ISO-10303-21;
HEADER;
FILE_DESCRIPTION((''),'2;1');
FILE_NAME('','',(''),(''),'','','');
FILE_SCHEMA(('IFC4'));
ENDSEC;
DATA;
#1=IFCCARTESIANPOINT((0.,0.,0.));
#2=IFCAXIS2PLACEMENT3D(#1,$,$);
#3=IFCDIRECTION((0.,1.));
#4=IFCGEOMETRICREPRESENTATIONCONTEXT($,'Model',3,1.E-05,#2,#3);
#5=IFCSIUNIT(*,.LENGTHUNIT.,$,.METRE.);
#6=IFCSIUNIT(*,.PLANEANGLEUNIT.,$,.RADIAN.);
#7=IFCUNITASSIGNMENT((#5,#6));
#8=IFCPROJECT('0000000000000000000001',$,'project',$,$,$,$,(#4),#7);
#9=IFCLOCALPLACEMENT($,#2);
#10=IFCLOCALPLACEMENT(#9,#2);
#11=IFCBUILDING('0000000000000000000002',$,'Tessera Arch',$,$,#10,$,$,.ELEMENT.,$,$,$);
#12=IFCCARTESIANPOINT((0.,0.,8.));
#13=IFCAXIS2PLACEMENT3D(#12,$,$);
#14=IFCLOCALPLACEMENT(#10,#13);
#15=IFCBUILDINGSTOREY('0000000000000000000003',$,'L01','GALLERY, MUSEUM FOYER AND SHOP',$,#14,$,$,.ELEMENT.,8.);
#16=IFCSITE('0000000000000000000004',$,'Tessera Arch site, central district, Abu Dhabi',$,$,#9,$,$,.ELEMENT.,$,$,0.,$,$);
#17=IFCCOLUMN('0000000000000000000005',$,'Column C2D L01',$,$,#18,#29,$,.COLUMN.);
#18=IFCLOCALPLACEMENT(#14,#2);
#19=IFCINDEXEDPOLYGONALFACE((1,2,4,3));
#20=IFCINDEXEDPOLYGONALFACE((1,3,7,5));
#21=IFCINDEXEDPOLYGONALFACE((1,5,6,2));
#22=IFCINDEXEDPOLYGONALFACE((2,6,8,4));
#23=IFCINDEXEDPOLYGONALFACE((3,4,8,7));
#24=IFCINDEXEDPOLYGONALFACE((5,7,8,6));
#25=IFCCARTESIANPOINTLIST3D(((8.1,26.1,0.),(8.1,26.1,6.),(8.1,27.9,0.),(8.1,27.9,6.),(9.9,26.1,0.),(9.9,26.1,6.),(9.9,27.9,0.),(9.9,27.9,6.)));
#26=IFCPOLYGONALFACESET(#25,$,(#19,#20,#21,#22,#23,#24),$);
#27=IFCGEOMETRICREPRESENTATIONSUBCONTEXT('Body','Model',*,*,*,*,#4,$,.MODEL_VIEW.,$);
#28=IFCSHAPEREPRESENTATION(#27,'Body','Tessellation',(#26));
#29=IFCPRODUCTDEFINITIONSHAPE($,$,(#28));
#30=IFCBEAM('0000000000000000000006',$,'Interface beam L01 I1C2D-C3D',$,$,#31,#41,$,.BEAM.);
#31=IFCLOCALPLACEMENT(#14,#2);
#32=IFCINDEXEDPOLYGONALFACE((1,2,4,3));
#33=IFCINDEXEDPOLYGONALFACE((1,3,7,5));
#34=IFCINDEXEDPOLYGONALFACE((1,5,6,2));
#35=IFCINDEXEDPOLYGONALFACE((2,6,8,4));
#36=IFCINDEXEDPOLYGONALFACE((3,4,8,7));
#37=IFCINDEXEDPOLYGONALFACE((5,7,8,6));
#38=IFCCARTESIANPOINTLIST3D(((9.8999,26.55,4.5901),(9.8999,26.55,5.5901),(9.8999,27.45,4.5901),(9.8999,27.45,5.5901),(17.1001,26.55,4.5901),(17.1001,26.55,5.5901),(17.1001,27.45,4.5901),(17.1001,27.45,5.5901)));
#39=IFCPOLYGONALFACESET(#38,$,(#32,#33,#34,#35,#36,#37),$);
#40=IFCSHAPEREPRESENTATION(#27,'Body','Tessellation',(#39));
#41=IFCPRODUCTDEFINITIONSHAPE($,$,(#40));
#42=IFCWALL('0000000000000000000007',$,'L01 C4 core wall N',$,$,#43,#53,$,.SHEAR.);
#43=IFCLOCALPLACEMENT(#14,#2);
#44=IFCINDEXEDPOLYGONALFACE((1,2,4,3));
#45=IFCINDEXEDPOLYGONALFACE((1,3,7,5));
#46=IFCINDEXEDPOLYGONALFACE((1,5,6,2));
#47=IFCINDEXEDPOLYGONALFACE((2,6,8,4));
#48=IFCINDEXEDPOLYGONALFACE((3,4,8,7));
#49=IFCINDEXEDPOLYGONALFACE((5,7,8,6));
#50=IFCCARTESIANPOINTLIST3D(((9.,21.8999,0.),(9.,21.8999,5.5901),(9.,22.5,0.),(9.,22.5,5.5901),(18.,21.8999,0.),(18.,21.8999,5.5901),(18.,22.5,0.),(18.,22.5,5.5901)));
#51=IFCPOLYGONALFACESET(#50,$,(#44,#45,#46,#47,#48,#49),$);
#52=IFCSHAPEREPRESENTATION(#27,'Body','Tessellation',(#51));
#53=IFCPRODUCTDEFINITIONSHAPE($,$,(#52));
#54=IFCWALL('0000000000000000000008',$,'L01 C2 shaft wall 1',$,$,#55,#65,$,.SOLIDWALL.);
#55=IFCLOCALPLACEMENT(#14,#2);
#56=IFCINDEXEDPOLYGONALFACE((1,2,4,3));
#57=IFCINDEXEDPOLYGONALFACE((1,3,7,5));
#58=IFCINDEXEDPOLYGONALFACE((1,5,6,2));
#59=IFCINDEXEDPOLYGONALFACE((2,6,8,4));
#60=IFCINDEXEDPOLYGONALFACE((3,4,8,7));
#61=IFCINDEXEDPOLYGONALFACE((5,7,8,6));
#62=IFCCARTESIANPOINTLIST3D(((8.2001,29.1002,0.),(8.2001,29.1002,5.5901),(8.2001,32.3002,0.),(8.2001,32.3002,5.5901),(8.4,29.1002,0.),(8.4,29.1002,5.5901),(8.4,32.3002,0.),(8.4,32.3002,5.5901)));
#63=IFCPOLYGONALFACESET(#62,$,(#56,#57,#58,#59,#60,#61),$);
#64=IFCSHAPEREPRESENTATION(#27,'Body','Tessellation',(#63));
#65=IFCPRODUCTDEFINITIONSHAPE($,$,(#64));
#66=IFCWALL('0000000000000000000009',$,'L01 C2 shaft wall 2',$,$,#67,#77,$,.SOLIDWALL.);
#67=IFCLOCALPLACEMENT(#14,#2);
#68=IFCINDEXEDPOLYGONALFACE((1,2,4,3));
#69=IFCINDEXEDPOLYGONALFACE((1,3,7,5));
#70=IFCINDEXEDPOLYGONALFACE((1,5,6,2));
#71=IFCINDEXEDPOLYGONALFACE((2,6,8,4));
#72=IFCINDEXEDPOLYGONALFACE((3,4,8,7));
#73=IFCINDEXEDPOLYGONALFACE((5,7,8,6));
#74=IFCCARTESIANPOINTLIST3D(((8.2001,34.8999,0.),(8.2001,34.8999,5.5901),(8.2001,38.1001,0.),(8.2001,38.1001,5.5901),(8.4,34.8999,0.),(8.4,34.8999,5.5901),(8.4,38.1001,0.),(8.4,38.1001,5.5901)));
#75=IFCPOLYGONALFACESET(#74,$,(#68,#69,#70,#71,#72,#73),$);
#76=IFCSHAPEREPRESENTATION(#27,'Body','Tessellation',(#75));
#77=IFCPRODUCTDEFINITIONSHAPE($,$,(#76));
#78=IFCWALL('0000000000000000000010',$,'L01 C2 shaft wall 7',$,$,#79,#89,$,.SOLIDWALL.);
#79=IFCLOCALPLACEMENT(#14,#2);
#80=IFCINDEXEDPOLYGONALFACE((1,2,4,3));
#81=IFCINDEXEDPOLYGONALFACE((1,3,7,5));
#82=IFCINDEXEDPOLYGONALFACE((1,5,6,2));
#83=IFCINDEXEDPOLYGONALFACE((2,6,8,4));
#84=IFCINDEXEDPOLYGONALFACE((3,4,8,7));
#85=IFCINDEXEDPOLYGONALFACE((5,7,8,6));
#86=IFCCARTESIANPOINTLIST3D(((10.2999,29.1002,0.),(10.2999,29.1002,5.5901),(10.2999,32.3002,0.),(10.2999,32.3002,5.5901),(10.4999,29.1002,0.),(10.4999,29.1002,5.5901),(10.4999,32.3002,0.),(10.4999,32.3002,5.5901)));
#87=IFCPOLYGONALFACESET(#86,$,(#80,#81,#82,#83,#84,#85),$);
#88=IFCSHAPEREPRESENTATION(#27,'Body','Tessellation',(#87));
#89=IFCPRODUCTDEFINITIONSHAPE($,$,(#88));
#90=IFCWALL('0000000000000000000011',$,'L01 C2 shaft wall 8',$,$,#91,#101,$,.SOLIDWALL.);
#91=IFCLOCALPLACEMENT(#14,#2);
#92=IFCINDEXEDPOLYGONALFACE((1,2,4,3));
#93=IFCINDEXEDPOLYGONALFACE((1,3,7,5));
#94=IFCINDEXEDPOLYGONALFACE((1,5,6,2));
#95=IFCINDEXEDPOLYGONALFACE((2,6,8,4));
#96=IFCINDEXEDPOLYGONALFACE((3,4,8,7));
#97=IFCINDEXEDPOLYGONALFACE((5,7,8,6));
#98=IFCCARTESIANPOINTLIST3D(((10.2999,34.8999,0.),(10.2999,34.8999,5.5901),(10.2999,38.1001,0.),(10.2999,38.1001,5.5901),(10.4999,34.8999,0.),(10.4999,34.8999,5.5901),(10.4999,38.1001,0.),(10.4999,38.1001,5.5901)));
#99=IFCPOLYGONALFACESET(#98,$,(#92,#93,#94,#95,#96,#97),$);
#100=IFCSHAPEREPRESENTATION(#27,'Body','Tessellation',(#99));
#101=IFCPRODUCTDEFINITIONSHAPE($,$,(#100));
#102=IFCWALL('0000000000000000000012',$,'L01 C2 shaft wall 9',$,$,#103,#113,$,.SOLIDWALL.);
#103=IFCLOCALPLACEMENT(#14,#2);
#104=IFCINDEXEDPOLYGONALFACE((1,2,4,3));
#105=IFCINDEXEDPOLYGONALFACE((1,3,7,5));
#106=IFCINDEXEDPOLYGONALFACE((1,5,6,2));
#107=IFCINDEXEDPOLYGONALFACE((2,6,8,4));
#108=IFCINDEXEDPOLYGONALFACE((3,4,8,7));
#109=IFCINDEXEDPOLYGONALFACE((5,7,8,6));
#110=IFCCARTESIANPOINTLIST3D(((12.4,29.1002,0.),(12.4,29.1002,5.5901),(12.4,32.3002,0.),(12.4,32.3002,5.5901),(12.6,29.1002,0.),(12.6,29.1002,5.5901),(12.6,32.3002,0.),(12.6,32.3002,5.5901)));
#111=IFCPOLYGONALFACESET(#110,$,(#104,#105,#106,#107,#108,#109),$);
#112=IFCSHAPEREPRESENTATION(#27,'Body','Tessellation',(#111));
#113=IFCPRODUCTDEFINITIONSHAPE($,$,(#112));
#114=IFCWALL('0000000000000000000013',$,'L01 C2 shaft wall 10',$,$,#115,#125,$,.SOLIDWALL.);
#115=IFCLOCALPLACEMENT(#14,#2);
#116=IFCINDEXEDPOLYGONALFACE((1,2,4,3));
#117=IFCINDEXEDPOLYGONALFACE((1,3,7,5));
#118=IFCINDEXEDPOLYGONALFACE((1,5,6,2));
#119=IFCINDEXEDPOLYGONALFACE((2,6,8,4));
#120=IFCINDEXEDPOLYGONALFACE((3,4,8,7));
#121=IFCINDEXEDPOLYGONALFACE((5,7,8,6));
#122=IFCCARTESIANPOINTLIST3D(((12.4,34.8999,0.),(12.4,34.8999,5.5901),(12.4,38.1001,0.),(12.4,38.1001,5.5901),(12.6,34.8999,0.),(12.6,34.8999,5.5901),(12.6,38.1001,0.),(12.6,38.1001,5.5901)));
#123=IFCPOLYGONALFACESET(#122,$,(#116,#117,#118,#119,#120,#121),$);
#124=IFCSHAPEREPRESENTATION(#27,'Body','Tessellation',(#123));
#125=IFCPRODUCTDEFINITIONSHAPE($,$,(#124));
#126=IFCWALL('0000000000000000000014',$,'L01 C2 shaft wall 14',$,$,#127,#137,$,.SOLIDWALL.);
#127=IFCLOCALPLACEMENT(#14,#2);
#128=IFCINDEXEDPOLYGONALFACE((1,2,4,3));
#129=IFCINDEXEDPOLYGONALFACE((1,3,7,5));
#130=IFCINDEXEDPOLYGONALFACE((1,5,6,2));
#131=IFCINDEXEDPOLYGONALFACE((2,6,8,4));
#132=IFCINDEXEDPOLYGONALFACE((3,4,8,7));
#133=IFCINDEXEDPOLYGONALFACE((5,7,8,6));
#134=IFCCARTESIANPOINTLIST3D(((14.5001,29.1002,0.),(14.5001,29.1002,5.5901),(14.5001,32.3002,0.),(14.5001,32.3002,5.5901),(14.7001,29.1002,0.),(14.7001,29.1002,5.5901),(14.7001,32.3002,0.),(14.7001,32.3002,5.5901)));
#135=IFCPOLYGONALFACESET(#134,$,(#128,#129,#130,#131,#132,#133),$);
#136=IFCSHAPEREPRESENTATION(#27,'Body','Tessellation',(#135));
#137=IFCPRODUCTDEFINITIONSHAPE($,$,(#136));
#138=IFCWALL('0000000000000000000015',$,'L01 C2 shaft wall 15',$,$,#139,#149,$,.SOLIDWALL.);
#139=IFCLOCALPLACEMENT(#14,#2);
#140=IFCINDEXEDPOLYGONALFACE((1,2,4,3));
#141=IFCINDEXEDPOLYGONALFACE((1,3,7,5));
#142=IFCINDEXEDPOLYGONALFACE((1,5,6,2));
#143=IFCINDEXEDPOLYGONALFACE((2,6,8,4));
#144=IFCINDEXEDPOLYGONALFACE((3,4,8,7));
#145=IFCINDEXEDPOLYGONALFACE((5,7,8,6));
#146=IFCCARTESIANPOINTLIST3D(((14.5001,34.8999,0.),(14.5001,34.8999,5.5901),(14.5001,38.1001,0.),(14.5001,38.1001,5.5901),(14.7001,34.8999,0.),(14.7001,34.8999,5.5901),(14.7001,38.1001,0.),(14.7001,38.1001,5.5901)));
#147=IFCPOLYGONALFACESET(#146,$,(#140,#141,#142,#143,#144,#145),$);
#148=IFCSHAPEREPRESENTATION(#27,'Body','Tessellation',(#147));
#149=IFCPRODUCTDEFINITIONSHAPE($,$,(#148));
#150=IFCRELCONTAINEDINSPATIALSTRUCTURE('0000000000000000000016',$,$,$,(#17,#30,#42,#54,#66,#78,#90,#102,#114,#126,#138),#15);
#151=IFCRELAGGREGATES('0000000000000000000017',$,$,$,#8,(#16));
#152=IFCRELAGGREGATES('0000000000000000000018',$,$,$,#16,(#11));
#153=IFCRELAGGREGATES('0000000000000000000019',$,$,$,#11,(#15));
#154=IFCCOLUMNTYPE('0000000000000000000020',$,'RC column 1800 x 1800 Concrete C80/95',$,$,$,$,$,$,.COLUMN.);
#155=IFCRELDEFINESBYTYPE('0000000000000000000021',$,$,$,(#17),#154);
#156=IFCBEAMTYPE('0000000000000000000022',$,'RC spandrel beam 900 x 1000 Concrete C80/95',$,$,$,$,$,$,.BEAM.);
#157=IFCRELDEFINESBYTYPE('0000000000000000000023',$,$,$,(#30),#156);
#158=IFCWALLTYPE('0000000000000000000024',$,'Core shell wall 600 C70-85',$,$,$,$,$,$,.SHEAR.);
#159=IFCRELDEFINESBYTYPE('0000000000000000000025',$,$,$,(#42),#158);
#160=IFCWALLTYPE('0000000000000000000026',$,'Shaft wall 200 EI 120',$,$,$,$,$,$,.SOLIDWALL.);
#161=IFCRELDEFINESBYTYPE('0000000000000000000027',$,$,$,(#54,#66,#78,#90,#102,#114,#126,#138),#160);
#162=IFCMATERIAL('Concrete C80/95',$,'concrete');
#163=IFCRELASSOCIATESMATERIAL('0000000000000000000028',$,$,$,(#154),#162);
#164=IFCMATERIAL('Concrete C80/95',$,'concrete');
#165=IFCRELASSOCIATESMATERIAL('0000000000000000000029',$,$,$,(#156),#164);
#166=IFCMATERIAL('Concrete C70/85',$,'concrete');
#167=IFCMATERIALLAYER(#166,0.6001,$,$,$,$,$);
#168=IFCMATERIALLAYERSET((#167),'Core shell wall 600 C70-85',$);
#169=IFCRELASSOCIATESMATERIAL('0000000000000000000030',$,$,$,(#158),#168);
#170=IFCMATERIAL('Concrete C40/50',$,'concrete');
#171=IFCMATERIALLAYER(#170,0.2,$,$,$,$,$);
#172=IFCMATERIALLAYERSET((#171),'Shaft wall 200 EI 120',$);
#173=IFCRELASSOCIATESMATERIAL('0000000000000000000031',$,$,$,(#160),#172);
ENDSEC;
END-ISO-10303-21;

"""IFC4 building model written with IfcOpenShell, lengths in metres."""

from ifc_helpers import new_model, si_unit, direction, frame, frame_2d, origin, origin_2d, place, context, subcontext, project, spatial, rectangle, extrude, material, layer, layer_set, material_profile, profile_set, type_object, element, save


model = new_model("IFC4")

# Units and contexts
model_context = context("Model", 3, precision=1e-05, world=origin(), true_north=direction((0.0, 1.0)))
body_context = subcontext(model_context, "Body", "Model", "MODEL_VIEW")
ifc_project = project(units=[si_unit("LENGTHUNIT", "METRE"), si_unit("PLANEANGLEUNIT", "RADIAN")], contexts=[model_context])

# Site, building, storey
site_placement = place(None, origin())
site = spatial("IfcSite", under=ifc_project, at=site_placement, Name="Tessera Arch site, central district, Abu Dhabi", CompositionType="ELEMENT", RefElevation=0.0)
building_placement = place(site_placement, origin())
building = spatial("IfcBuilding", under=site, at=building_placement, Name="Tessera Arch", CompositionType="ELEMENT")
storey_placement = place(building_placement, frame((0.0, 0.0, 8.0)))
storey = spatial("IfcBuildingStorey", under=building, at=storey_placement, Name="L01", Description="GALLERY, MUSEUM FOYER AND SHOP", CompositionType="ELEMENT", Elevation=8.0)

# Column
ifc_material_1 = material(Name="Concrete C80/95", Category="concrete")
ifc_material_profile_1 = material_profile(ifc_material_1, rectangle(XDim=1.8, YDim=1.8, at=origin_2d()), Name="RC column 1800 x 1800 Concrete C80/95")
ifc_profile_set_1 = profile_set([ifc_material_profile_1], Name="Concrete C80/95")
column_type = type_object("IfcColumnType", Name="RC column 1800 x 1800 Concrete C80/95", PredefinedType="COLUMN", material=ifc_profile_set_1)
column_placement = place(storey_placement, frame((9.0, 27.0, 0.0), z_axis=(0.0, 0.0, 1.0), x_axis=(1.0, 0.0, 0.0)))
element("IfcColumn", 1, at=column_placement, inside=storey, type_object=column_type, Name="Column C2D L01", PredefinedType="COLUMN", context=body_context, shape_type="SweptSolid", body=[
    extrude(rectangle(XDim=1.8, YDim=1.8, at=origin_2d()), origin(), (0.0, 0.0, 1.0), 6.0),
])

# Beam
ifc_material_2 = material(Name="Concrete C80/95", Category="concrete")
ifc_material_profile_2 = material_profile(ifc_material_2, rectangle(XDim=0.8999, YDim=1.0, at=origin_2d()), Name="RC spandrel beam 900 x 1000 Concrete C80/95")
ifc_profile_set_2 = profile_set([ifc_material_profile_2], Name="Concrete C80/95")
beam_type = type_object("IfcBeamType", Name="RC spandrel beam 900 x 1000 Concrete C80/95", PredefinedType="BEAM", material=ifc_profile_set_2)
beam_placement = place(storey_placement, frame((9.8999, 27.0, 5.0901), z_axis=(1.0, 0.0, 0.0), x_axis=(0.0, 1.0, 0.0)))
element("IfcBeam", 2, at=beam_placement, inside=storey, type_object=beam_type, Name="Interface beam L01 I1C2D-C3D", PredefinedType="BEAM", context=body_context, shape_type="SweptSolid", body=[
    extrude(rectangle(XDim=0.8999, YDim=1.0, at=origin_2d()), origin(), (0.0, 0.0, 1.0), 7.2002),
])

# Walls
ifc_material_3 = material(Name="Concrete C70/85", Category="concrete")
ifc_layer_1 = layer(ifc_material_3, 0.6001)
ifc_layer_set_1 = layer_set([ifc_layer_1], Name="Core shell wall 600 C70-85")
wall_type_1 = type_object("IfcWallType", Name="Core shell wall 600 C70-85", PredefinedType="SHEAR", material=ifc_layer_set_1)
wall_1_placement = place(storey_placement, frame((9.0, 22.2, 0.0), z_axis=(0.0, 0.0, 1.0), x_axis=(1.0, 0.0, 0.0)))
element("IfcWall", 3, at=wall_1_placement, inside=storey, type_object=wall_type_1, Name="L01 C4 core wall N", PredefinedType="SHEAR", context=body_context, shape_type="SweptSolid", body=[
    extrude(rectangle(XDim=9.0, YDim=0.6001, at=frame_2d((4.5, 0.0))), origin(), (0.0, 0.0, 1.0), 5.5901),
])
ifc_material_4 = material(Name="Concrete C40/50", Category="concrete")
ifc_layer_2 = layer(ifc_material_4, 0.2)
ifc_layer_set_2 = layer_set([ifc_layer_2], Name="Shaft wall 200 EI 120")
wall_type_2 = type_object("IfcWallType", Name="Shaft wall 200 EI 120", PredefinedType="SOLIDWALL", material=ifc_layer_set_2)
wall_2_placement = place(storey_placement, frame((8.3, 29.1001, 0.0), z_axis=(0.0, 0.0, 1.0), x_axis=(0.0, 1.0, 0.0)))
element("IfcWall", 4, at=wall_2_placement, inside=storey, type_object=wall_type_2, Name="L01 C2 shaft wall 1", PredefinedType="SOLIDWALL", context=body_context, shape_type="SweptSolid", body=[
    extrude(rectangle(XDim=3.2, YDim=0.2, at=frame_2d((1.6001, 0.0))), origin(), (0.0, 0.0, 1.0), 5.5901),
])
wall_3_placement = place(storey_placement, frame((8.3, 34.8999, 0.0), z_axis=(0.0, 0.0, 1.0), x_axis=(0.0, 1.0, 0.0)))
element("IfcWall", 5, at=wall_3_placement, inside=storey, type_object=wall_type_2, Name="L01 C2 shaft wall 2", PredefinedType="SOLIDWALL", context=body_context, shape_type="SweptSolid", body=[
    extrude(rectangle(XDim=3.2002, YDim=0.2, at=frame_2d((1.6001, 0.0))), origin(), (0.0, 0.0, 1.0), 5.5901),
])
wall_4_placement = place(storey_placement, frame((10.3999, 29.1001, 0.0), z_axis=(0.0, 0.0, 1.0), x_axis=(0.0, 1.0, 0.0)))
element("IfcWall", 6, at=wall_4_placement, inside=storey, type_object=wall_type_2, Name="L01 C2 shaft wall 7", PredefinedType="SOLIDWALL", context=body_context, shape_type="SweptSolid", body=[
    extrude(rectangle(XDim=3.2, YDim=0.2, at=frame_2d((1.6001, 0.0))), origin(), (0.0, 0.0, 1.0), 5.5901),
])
wall_5_placement = place(storey_placement, frame((10.3999, 34.8999, 0.0), z_axis=(0.0, 0.0, 1.0), x_axis=(0.0, 1.0, 0.0)))
element("IfcWall", 7, at=wall_5_placement, inside=storey, type_object=wall_type_2, Name="L01 C2 shaft wall 8", PredefinedType="SOLIDWALL", context=body_context, shape_type="SweptSolid", body=[
    extrude(rectangle(XDim=3.2002, YDim=0.2, at=frame_2d((1.6001, 0.0))), origin(), (0.0, 0.0, 1.0), 5.5901),
])
wall_6_placement = place(storey_placement, frame((12.5, 29.1001, 0.0), z_axis=(0.0, 0.0, 1.0), x_axis=(0.0, 1.0, 0.0)))
element("IfcWall", 8, at=wall_6_placement, inside=storey, type_object=wall_type_2, Name="L01 C2 shaft wall 9", PredefinedType="SOLIDWALL", context=body_context, shape_type="SweptSolid", body=[
    extrude(rectangle(XDim=3.2, YDim=0.2, at=frame_2d((1.6001, 0.0))), origin(), (0.0, 0.0, 1.0), 5.5901),
])
wall_7_placement = place(storey_placement, frame((12.5, 34.8999, 0.0), z_axis=(0.0, 0.0, 1.0), x_axis=(0.0, 1.0, 0.0)))
element("IfcWall", 9, at=wall_7_placement, inside=storey, type_object=wall_type_2, Name="L01 C2 shaft wall 10", PredefinedType="SOLIDWALL", context=body_context, shape_type="SweptSolid", body=[
    extrude(rectangle(XDim=3.2002, YDim=0.2, at=frame_2d((1.6001, 0.0))), origin(), (0.0, 0.0, 1.0), 5.5901),
])
wall_8_placement = place(storey_placement, frame((14.6001, 29.1001, 0.0), z_axis=(0.0, 0.0, 1.0), x_axis=(0.0, 1.0, 0.0)))
element("IfcWall", 10, at=wall_8_placement, inside=storey, type_object=wall_type_2, Name="L01 C2 shaft wall 14", PredefinedType="SOLIDWALL", context=body_context, shape_type="SweptSolid", body=[
    extrude(rectangle(XDim=3.2, YDim=0.2, at=frame_2d((1.6001, 0.0))), origin(), (0.0, 0.0, 1.0), 5.5901),
])
wall_9_placement = place(storey_placement, frame((14.6001, 34.8999, 0.0), z_axis=(0.0, 0.0, 1.0), x_axis=(0.0, 1.0, 0.0)))
element("IfcWall", 11, at=wall_9_placement, inside=storey, type_object=wall_type_2, Name="L01 C2 shaft wall 15", PredefinedType="SOLIDWALL", context=body_context, shape_type="SweptSolid", body=[
    extrude(rectangle(XDim=3.2002, YDim=0.2, at=frame_2d((1.6001, 0.0))), origin(), (0.0, 0.0, 1.0), 5.5901),
])

save(model, "model.ifc")
